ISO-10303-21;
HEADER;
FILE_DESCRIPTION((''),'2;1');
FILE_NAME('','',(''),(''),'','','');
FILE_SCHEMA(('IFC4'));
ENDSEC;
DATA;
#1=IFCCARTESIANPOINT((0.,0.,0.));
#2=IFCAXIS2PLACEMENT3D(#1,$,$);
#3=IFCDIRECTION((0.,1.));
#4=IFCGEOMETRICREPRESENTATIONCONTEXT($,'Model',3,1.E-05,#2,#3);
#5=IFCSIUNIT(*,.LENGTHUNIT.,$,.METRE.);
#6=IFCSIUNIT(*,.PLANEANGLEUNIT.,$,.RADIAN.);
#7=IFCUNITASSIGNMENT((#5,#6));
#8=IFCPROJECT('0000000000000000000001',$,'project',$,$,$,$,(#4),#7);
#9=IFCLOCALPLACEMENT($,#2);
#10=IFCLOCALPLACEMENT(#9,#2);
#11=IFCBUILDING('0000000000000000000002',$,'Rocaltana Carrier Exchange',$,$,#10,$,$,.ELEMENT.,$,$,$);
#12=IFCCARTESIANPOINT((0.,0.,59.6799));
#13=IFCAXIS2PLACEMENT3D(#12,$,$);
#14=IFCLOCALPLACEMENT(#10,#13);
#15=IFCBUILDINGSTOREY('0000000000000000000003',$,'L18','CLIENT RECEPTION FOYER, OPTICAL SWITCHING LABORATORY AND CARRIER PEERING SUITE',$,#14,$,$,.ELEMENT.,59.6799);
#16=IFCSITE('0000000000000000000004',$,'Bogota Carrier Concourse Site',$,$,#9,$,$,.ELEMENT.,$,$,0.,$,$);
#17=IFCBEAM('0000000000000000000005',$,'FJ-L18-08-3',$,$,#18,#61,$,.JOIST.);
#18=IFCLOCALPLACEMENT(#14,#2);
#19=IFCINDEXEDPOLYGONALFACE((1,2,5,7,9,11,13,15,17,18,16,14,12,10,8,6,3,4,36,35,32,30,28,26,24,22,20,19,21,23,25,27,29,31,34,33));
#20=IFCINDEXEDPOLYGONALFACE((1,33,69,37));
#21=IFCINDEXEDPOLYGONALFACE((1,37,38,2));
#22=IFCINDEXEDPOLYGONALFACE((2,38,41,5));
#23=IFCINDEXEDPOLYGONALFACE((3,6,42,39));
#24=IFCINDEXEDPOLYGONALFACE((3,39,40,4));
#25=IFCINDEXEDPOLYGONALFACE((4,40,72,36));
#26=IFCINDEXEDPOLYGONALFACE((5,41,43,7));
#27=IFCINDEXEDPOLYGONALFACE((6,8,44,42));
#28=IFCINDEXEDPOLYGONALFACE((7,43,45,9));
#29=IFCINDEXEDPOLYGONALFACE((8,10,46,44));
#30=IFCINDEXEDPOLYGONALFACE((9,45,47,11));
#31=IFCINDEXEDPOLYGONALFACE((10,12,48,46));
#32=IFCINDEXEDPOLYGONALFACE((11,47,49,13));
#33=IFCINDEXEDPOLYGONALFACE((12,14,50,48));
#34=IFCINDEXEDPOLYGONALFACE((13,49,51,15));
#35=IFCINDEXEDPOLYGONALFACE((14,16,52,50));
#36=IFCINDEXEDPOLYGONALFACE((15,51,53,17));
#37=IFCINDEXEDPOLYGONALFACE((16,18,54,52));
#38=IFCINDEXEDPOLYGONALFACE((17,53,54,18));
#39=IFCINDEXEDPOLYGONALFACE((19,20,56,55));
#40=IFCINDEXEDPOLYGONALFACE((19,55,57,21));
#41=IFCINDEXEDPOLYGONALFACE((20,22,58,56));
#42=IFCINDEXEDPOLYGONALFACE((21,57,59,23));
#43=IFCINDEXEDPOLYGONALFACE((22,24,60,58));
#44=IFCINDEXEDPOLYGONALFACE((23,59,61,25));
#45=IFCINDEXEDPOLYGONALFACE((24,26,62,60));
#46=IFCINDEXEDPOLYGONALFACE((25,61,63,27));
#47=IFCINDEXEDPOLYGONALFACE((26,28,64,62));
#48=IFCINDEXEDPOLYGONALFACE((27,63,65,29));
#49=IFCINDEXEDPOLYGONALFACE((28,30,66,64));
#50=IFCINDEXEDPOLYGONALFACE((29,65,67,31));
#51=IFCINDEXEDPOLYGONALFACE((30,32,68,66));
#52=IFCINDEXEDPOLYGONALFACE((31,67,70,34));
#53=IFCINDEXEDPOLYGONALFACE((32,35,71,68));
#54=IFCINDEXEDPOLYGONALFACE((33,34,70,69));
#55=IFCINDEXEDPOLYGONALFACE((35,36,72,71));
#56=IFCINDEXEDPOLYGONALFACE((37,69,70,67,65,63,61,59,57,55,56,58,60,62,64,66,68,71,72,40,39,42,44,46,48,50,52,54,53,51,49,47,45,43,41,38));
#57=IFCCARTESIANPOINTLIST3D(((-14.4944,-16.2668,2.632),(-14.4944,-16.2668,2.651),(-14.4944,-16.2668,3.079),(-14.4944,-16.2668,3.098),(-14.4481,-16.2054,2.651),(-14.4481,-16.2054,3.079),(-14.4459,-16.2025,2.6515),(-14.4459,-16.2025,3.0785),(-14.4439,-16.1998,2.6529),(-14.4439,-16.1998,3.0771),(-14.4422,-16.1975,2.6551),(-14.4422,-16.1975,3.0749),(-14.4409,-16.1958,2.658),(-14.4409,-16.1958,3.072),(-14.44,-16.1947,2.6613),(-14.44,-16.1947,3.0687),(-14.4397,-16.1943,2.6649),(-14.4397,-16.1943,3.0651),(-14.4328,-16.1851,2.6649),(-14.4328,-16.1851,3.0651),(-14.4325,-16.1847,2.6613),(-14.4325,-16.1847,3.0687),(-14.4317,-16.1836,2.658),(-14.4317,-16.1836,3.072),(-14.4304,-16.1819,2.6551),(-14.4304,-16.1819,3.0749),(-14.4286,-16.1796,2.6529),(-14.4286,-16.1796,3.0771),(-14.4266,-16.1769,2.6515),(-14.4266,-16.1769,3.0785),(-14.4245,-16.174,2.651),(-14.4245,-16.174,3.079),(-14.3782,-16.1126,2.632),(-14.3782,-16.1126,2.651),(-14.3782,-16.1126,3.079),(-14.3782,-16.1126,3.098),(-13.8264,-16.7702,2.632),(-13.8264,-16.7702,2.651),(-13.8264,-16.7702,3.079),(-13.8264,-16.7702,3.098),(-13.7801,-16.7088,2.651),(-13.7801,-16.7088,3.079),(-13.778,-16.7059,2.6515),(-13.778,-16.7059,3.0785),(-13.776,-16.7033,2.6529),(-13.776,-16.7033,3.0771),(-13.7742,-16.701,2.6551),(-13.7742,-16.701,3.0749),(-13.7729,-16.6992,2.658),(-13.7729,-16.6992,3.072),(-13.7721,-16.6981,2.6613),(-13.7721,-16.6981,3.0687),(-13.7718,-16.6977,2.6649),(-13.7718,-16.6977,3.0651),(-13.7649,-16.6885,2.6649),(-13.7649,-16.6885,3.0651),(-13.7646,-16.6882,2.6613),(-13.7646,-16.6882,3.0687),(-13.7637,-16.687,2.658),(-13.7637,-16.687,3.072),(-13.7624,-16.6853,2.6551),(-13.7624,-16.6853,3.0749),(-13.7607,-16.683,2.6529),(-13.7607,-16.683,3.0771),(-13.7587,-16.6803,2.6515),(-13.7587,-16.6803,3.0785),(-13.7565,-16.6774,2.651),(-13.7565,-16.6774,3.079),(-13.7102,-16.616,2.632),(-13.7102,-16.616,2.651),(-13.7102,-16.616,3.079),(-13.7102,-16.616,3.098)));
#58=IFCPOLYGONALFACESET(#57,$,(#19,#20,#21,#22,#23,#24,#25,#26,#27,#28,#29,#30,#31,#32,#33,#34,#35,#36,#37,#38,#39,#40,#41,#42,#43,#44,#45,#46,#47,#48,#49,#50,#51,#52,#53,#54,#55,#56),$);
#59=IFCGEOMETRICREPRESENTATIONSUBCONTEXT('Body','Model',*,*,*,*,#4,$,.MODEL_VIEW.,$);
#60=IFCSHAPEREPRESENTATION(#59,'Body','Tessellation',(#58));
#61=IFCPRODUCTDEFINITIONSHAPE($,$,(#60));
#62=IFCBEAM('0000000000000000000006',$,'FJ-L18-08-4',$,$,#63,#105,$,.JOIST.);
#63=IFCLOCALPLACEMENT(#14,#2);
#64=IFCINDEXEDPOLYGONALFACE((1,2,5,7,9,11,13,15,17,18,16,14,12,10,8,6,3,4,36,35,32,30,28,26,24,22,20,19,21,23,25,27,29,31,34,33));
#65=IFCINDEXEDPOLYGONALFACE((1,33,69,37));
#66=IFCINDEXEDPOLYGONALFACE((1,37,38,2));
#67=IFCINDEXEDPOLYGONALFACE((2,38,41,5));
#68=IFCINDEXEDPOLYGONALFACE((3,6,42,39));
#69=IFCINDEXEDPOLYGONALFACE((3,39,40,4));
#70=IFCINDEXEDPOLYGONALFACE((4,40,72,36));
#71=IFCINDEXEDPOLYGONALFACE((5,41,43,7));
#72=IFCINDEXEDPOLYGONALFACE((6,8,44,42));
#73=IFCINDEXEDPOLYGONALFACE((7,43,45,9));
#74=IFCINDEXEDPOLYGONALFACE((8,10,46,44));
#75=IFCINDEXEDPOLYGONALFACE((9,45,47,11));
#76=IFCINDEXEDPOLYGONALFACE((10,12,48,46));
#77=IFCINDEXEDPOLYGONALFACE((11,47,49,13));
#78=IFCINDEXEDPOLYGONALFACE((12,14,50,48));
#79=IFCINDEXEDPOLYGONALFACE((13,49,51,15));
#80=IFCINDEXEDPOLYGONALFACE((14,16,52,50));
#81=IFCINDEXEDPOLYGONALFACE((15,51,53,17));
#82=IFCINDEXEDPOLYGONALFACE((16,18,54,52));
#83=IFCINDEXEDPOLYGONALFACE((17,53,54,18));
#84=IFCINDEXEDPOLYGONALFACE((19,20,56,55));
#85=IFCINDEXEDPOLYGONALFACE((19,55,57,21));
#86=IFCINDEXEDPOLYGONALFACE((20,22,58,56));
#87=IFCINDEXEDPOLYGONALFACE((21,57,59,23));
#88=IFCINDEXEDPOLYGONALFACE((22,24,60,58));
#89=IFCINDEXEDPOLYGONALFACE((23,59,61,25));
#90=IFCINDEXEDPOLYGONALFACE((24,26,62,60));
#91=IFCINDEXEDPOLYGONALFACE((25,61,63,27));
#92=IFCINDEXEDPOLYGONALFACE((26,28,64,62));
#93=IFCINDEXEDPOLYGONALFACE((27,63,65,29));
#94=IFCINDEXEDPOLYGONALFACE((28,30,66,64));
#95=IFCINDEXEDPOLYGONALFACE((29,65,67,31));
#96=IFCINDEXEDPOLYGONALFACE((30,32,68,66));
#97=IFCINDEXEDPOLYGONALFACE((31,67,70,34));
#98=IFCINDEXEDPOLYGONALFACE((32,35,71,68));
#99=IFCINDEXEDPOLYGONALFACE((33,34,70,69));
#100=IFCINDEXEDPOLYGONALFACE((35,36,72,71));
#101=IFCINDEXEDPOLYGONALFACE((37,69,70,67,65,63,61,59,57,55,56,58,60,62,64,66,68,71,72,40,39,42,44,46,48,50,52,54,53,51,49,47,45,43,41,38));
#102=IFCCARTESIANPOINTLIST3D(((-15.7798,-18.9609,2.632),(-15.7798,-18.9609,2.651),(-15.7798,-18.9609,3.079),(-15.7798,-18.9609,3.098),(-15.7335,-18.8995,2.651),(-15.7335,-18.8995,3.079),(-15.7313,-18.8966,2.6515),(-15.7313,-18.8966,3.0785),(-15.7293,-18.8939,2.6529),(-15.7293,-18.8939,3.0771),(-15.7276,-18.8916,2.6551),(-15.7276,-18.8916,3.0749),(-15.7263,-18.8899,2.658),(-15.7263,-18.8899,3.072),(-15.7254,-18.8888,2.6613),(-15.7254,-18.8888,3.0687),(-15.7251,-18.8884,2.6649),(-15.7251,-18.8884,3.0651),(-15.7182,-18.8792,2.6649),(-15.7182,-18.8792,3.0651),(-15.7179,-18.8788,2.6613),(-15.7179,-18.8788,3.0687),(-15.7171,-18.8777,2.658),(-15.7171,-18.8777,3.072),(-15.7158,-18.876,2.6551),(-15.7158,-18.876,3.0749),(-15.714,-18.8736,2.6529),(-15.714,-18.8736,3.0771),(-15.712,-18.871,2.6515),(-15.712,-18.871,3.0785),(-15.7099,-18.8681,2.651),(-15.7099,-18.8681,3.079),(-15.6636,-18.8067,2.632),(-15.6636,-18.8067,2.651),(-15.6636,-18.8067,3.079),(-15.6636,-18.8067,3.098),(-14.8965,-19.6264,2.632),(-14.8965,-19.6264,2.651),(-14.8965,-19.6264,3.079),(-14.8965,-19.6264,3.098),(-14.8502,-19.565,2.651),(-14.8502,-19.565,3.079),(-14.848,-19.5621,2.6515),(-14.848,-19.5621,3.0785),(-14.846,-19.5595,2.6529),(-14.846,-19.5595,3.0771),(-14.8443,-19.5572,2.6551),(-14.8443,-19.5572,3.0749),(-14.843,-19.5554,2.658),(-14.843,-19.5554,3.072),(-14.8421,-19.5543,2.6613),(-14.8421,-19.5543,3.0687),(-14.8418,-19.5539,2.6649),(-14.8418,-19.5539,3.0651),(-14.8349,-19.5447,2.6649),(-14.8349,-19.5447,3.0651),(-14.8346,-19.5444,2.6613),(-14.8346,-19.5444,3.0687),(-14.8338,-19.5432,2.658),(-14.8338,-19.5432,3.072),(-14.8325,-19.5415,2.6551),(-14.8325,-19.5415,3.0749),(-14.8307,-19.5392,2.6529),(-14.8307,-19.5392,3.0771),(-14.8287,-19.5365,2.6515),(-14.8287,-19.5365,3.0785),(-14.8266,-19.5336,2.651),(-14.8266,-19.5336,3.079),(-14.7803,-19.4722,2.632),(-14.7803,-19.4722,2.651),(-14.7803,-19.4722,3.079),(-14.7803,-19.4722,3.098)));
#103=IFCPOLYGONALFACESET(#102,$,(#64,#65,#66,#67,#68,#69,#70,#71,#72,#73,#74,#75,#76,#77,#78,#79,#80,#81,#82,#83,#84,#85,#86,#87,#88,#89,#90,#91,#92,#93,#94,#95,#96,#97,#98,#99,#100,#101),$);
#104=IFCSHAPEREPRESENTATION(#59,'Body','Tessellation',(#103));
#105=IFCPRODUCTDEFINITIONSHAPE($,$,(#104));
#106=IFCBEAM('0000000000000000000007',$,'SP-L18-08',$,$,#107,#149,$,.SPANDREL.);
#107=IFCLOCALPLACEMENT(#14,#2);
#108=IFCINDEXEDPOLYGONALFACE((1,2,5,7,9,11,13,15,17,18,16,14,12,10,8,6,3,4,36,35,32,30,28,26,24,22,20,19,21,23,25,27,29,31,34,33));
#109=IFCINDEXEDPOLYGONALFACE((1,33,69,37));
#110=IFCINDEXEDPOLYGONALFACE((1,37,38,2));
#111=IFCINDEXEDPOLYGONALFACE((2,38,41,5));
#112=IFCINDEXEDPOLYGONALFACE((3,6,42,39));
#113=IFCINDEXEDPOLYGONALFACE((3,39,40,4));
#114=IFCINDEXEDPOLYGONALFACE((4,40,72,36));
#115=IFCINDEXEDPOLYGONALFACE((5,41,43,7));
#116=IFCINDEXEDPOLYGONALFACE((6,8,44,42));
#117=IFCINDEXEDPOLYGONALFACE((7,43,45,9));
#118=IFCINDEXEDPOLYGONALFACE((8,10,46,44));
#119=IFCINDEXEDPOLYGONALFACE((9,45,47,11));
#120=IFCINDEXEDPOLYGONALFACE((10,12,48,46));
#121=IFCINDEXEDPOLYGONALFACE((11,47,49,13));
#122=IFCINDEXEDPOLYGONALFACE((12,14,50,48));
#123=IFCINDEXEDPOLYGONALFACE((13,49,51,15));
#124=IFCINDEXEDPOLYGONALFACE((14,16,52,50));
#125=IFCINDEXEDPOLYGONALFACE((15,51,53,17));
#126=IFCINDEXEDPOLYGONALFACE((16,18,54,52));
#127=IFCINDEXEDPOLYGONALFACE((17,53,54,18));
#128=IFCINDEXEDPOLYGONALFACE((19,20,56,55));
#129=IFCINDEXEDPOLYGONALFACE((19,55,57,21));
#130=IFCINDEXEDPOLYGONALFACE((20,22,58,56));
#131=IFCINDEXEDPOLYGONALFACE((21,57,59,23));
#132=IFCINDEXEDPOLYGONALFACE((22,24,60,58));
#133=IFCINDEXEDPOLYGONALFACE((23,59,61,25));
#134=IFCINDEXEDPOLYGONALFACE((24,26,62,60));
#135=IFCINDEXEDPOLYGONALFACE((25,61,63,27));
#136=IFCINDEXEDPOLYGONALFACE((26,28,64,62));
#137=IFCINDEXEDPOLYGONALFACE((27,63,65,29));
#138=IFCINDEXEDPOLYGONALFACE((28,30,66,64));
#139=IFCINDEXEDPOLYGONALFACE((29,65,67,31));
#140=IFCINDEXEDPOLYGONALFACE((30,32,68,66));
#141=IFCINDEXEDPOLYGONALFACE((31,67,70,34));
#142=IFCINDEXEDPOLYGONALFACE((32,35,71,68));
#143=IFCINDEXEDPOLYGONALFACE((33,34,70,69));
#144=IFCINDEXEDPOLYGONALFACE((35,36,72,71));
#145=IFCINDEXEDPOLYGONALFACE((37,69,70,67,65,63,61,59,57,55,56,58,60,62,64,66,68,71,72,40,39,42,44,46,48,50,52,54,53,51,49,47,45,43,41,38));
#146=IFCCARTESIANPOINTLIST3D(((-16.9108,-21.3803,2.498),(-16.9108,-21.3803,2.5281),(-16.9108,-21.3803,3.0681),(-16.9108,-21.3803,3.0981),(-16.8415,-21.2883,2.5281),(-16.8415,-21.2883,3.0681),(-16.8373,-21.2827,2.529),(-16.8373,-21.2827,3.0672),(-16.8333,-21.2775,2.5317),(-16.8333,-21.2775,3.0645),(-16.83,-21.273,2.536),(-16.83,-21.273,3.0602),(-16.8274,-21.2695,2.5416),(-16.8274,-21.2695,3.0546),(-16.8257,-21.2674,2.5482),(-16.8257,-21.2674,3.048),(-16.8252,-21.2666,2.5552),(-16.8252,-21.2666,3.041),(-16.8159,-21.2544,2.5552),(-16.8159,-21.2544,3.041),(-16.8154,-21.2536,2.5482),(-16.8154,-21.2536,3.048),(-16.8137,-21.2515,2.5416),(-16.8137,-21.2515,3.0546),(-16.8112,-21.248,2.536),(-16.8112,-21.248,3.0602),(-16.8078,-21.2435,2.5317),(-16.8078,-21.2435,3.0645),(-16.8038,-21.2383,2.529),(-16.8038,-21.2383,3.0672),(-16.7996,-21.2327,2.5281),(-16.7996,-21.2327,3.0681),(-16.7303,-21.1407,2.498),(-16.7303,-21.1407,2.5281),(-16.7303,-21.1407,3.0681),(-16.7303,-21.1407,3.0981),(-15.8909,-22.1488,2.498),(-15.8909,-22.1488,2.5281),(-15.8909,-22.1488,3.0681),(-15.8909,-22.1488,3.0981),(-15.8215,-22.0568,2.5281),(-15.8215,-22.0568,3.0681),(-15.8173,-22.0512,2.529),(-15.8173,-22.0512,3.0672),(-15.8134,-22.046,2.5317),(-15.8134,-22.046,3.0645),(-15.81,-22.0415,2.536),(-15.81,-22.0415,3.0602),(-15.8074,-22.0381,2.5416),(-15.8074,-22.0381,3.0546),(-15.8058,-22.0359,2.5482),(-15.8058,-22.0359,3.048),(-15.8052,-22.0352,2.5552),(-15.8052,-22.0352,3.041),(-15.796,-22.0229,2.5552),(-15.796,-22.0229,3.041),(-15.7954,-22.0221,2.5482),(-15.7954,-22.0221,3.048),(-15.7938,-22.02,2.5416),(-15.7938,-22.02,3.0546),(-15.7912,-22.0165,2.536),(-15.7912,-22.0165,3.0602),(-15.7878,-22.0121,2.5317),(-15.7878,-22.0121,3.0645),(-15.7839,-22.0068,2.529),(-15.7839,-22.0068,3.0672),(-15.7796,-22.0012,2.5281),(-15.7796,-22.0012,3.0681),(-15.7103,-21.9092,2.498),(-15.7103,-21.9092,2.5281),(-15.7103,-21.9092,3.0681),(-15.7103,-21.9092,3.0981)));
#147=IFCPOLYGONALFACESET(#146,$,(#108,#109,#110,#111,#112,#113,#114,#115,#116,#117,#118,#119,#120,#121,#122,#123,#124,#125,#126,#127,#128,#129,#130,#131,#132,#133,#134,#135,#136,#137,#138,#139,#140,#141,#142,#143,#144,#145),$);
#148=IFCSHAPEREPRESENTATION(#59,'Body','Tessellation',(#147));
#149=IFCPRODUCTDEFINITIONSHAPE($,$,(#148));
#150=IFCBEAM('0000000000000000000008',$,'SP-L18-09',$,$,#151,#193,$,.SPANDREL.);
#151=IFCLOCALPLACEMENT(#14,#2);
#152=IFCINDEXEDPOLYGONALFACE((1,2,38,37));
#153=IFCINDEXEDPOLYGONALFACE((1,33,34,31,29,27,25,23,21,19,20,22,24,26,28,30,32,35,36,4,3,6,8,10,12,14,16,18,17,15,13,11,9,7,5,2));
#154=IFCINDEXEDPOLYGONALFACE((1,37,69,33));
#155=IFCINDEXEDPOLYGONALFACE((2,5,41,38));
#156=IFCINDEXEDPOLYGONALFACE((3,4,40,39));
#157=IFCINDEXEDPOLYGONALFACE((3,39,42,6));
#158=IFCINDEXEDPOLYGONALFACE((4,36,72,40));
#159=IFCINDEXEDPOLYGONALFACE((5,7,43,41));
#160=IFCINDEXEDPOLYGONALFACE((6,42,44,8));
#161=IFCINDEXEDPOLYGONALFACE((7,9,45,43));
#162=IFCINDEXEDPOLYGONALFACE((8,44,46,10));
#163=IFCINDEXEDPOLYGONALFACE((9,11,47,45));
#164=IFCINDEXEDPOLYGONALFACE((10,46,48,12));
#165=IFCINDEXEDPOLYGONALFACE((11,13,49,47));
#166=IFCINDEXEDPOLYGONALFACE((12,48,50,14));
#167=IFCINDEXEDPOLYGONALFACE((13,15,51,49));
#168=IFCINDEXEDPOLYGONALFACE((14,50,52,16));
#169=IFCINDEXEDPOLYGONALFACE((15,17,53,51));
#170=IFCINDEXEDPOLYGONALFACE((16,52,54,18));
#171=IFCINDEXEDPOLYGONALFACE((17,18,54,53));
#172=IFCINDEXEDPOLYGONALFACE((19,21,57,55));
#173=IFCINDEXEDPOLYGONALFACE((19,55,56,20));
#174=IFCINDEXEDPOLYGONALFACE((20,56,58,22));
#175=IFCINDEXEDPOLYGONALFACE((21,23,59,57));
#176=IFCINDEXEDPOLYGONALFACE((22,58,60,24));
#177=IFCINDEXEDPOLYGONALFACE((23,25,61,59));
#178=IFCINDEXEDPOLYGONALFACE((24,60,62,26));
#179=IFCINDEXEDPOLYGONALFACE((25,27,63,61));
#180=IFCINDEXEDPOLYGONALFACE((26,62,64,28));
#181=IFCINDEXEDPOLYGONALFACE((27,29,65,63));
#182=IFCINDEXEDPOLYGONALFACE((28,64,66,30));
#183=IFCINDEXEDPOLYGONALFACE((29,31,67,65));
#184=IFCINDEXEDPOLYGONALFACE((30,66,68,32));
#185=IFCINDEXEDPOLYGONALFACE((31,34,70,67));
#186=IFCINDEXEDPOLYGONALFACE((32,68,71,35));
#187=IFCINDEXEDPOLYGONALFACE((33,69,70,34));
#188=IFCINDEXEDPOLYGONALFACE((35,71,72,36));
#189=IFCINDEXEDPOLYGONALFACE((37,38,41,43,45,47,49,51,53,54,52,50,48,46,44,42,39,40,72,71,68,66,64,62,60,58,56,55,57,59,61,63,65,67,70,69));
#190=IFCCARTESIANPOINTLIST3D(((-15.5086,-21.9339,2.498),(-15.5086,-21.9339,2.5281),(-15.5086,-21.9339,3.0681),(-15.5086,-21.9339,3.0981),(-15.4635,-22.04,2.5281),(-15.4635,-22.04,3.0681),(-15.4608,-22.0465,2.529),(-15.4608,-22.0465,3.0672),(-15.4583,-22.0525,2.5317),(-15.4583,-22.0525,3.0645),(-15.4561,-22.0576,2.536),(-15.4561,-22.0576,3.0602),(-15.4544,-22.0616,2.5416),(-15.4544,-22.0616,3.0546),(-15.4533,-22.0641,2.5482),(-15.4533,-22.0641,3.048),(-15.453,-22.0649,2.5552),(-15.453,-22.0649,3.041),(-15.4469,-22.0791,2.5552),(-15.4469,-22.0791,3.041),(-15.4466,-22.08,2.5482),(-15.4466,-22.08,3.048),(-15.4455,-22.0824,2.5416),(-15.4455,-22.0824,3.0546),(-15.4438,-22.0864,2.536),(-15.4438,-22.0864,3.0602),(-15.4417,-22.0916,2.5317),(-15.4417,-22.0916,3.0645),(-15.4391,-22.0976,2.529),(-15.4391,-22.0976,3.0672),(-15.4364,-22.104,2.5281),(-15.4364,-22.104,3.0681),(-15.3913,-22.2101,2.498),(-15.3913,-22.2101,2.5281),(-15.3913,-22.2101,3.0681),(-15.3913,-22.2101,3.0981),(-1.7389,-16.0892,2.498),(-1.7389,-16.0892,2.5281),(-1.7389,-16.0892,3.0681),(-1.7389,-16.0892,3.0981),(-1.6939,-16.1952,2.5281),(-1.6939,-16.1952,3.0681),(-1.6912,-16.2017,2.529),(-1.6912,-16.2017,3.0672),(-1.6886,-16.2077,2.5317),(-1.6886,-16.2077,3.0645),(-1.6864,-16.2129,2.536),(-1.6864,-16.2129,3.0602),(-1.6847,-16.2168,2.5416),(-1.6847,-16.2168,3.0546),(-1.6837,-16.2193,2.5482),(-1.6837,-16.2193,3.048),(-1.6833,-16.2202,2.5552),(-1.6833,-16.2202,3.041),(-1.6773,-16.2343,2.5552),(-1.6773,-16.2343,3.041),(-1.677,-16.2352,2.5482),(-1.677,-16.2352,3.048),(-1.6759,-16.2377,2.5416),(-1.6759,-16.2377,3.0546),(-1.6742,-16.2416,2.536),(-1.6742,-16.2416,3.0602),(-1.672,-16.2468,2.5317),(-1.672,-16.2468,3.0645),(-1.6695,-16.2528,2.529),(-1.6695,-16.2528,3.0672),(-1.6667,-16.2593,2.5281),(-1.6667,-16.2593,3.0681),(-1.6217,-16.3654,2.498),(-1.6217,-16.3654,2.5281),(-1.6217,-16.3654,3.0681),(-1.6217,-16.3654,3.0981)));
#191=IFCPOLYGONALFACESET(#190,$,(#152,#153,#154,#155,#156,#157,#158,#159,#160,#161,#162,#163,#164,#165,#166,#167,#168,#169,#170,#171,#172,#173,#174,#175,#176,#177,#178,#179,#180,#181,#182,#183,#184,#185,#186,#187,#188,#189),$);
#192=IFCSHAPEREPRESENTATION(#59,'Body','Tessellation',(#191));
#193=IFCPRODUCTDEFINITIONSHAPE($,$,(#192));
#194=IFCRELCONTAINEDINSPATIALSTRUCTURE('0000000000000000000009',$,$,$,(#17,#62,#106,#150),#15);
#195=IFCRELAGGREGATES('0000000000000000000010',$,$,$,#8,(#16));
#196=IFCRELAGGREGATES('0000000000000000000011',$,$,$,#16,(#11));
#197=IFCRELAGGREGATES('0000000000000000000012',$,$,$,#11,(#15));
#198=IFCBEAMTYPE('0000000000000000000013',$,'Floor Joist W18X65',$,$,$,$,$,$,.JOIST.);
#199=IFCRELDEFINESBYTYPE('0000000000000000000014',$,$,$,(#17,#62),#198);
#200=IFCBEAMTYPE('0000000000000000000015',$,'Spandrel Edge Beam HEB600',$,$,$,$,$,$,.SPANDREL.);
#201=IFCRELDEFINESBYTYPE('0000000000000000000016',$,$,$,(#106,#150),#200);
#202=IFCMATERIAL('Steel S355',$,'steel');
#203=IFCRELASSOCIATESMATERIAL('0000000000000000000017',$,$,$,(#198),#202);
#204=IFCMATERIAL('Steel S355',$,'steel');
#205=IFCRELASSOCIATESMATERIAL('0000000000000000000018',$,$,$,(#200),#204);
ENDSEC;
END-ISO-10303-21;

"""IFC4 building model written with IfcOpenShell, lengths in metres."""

from ifc_helpers import new_model, si_unit, direction, frame, origin, origin_2d, place, context, subcontext, project, spatial, i_section, extrude, material, material_profile, profile_set, type_object, element, save


model = new_model("IFC4")

# Units and contexts
model_context = context("Model", 3, precision=1e-05, world=origin(), true_north=direction((0.0, 1.0)))
body_context = subcontext(model_context, "Body", "Model", "MODEL_VIEW")
ifc_project = project(units=[si_unit("LENGTHUNIT", "METRE"), si_unit("PLANEANGLEUNIT", "RADIAN")], contexts=[model_context])

# Site, building, storey
site_placement = place(None, origin())
site = spatial("IfcSite", under=ifc_project, at=site_placement, Name="Bogota Carrier Concourse Site", CompositionType="ELEMENT", RefElevation=0.0)
building_placement = place(site_placement, origin())
building = spatial("IfcBuilding", under=site, at=building_placement, Name="Rocaltana Carrier Exchange", CompositionType="ELEMENT")
storey_placement = place(building_placement, frame((0.0, 0.0, 59.6799)))
storey = spatial("IfcBuildingStorey", under=building, at=storey_placement, Name="L18", Description="CLIENT RECEPTION FOYER, OPTICAL SWITCHING LABORATORY AND CARRIER PEERING SUITE", CompositionType="ELEMENT", Elevation=59.6799)

# Beams
ifc_material_1 = material(Name="Steel S355", Category="steel")
ifc_material_profile_1 = material_profile(ifc_material_1, i_section(OverallWidth=0.1931, OverallDepth=0.4661, WebThickness=0.0115, FlangeThickness=0.019, FilletRadius=0.0139, at=origin_2d()), Name="W18X65")
ifc_profile_set_1 = profile_set([ifc_material_profile_1], Name="Steel S355")
beam_type_1 = type_object("IfcBeamType", Name="Floor Joist W18X65", PredefinedType="JOIST", material=ifc_profile_set_1)
beam_1_placement = place(storey_placement, frame((-14.4363, -16.1897, 2.865), z_axis=(0.798597, -0.601866, 0.0), x_axis=(0.601866, 0.798597, 0.0)))
element("IfcBeam", 1, at=beam_1_placement, inside=storey, type_object=beam_type_1, Name="FJ-L18-08-3", PredefinedType="JOIST", context=body_context, shape_type="SweptSolid", body=[
    extrude(i_section(OverallWidth=0.1931, OverallDepth=0.4661, WebThickness=0.0115, FlangeThickness=0.019, FilletRadius=0.0139, at=origin_2d()), origin(), (0.0, 0.0, 1.0), 0.8364),
])
beam_2_placement = place(storey_placement, frame((-15.7217, -18.8838, 2.865), z_axis=(0.798674, -0.601765, 0.0), x_axis=(0.601765, 0.798674, 0.0)))
element("IfcBeam", 2, at=beam_2_placement, inside=storey, type_object=beam_type_1, Name="FJ-L18-08-4", PredefinedType="JOIST", context=body_context, shape_type="SweptSolid", body=[
    extrude(i_section(OverallWidth=0.1931, OverallDepth=0.4661, WebThickness=0.0115, FlangeThickness=0.019, FilletRadius=0.0139, at=origin_2d()), origin(), (0.0, 0.0, 1.0), 1.106),
])
ifc_material_2 = material(Name="Steel S355", Category="steel")
ifc_material_profile_2 = material_profile(ifc_material_2, i_section(OverallWidth=0.3, OverallDepth=0.6001, WebThickness=0.0154, FlangeThickness=0.03, FilletRadius=0.0271, at=origin_2d()), Name="HEB600")
ifc_profile_set_2 = profile_set([ifc_material_profile_2], Name="Steel S355")
beam_type_2 = type_object("IfcBeamType", Name="Spandrel Edge Beam HEB600", PredefinedType="SPANDREL", material=ifc_profile_set_2)
beam_3_placement = place(storey_placement, frame((-16.8206, -21.2605, 2.7981), z_axis=(0.798668, -0.601772, 0.0), x_axis=(0.601772, 0.798668, 0.0)))
element("IfcBeam", 3, at=beam_3_placement, inside=storey, type_object=beam_type_2, Name="SP-L18-08", PredefinedType="SPANDREL", context=body_context, shape_type="SweptSolid", body=[
    extrude(i_section(OverallWidth=0.3, OverallDepth=0.6001, WebThickness=0.0154, FlangeThickness=0.03, FilletRadius=0.0271, at=origin_2d()), origin(), (0.0, 0.0, 1.0), 1.2771),
])
beam_4_placement = place(storey_placement, frame((-15.45, -22.072, 2.7981), z_axis=(0.920507, 0.390726, 0.0), x_axis=(-0.390726, 0.920507, 0.0)))
element("IfcBeam", 4, at=beam_4_placement, inside=storey, type_object=beam_type_2, Name="SP-L18-09", PredefinedType="SPANDREL", context=body_context, shape_type="SweptSolid", body=[
    extrude(i_section(OverallWidth=0.3, OverallDepth=0.6001, WebThickness=0.0154, FlangeThickness=0.03, FilletRadius=0.0271, at=origin_2d()), origin(), (0.0, 0.0, 1.0), 14.9587),
])

save(model, "model.ifc")
